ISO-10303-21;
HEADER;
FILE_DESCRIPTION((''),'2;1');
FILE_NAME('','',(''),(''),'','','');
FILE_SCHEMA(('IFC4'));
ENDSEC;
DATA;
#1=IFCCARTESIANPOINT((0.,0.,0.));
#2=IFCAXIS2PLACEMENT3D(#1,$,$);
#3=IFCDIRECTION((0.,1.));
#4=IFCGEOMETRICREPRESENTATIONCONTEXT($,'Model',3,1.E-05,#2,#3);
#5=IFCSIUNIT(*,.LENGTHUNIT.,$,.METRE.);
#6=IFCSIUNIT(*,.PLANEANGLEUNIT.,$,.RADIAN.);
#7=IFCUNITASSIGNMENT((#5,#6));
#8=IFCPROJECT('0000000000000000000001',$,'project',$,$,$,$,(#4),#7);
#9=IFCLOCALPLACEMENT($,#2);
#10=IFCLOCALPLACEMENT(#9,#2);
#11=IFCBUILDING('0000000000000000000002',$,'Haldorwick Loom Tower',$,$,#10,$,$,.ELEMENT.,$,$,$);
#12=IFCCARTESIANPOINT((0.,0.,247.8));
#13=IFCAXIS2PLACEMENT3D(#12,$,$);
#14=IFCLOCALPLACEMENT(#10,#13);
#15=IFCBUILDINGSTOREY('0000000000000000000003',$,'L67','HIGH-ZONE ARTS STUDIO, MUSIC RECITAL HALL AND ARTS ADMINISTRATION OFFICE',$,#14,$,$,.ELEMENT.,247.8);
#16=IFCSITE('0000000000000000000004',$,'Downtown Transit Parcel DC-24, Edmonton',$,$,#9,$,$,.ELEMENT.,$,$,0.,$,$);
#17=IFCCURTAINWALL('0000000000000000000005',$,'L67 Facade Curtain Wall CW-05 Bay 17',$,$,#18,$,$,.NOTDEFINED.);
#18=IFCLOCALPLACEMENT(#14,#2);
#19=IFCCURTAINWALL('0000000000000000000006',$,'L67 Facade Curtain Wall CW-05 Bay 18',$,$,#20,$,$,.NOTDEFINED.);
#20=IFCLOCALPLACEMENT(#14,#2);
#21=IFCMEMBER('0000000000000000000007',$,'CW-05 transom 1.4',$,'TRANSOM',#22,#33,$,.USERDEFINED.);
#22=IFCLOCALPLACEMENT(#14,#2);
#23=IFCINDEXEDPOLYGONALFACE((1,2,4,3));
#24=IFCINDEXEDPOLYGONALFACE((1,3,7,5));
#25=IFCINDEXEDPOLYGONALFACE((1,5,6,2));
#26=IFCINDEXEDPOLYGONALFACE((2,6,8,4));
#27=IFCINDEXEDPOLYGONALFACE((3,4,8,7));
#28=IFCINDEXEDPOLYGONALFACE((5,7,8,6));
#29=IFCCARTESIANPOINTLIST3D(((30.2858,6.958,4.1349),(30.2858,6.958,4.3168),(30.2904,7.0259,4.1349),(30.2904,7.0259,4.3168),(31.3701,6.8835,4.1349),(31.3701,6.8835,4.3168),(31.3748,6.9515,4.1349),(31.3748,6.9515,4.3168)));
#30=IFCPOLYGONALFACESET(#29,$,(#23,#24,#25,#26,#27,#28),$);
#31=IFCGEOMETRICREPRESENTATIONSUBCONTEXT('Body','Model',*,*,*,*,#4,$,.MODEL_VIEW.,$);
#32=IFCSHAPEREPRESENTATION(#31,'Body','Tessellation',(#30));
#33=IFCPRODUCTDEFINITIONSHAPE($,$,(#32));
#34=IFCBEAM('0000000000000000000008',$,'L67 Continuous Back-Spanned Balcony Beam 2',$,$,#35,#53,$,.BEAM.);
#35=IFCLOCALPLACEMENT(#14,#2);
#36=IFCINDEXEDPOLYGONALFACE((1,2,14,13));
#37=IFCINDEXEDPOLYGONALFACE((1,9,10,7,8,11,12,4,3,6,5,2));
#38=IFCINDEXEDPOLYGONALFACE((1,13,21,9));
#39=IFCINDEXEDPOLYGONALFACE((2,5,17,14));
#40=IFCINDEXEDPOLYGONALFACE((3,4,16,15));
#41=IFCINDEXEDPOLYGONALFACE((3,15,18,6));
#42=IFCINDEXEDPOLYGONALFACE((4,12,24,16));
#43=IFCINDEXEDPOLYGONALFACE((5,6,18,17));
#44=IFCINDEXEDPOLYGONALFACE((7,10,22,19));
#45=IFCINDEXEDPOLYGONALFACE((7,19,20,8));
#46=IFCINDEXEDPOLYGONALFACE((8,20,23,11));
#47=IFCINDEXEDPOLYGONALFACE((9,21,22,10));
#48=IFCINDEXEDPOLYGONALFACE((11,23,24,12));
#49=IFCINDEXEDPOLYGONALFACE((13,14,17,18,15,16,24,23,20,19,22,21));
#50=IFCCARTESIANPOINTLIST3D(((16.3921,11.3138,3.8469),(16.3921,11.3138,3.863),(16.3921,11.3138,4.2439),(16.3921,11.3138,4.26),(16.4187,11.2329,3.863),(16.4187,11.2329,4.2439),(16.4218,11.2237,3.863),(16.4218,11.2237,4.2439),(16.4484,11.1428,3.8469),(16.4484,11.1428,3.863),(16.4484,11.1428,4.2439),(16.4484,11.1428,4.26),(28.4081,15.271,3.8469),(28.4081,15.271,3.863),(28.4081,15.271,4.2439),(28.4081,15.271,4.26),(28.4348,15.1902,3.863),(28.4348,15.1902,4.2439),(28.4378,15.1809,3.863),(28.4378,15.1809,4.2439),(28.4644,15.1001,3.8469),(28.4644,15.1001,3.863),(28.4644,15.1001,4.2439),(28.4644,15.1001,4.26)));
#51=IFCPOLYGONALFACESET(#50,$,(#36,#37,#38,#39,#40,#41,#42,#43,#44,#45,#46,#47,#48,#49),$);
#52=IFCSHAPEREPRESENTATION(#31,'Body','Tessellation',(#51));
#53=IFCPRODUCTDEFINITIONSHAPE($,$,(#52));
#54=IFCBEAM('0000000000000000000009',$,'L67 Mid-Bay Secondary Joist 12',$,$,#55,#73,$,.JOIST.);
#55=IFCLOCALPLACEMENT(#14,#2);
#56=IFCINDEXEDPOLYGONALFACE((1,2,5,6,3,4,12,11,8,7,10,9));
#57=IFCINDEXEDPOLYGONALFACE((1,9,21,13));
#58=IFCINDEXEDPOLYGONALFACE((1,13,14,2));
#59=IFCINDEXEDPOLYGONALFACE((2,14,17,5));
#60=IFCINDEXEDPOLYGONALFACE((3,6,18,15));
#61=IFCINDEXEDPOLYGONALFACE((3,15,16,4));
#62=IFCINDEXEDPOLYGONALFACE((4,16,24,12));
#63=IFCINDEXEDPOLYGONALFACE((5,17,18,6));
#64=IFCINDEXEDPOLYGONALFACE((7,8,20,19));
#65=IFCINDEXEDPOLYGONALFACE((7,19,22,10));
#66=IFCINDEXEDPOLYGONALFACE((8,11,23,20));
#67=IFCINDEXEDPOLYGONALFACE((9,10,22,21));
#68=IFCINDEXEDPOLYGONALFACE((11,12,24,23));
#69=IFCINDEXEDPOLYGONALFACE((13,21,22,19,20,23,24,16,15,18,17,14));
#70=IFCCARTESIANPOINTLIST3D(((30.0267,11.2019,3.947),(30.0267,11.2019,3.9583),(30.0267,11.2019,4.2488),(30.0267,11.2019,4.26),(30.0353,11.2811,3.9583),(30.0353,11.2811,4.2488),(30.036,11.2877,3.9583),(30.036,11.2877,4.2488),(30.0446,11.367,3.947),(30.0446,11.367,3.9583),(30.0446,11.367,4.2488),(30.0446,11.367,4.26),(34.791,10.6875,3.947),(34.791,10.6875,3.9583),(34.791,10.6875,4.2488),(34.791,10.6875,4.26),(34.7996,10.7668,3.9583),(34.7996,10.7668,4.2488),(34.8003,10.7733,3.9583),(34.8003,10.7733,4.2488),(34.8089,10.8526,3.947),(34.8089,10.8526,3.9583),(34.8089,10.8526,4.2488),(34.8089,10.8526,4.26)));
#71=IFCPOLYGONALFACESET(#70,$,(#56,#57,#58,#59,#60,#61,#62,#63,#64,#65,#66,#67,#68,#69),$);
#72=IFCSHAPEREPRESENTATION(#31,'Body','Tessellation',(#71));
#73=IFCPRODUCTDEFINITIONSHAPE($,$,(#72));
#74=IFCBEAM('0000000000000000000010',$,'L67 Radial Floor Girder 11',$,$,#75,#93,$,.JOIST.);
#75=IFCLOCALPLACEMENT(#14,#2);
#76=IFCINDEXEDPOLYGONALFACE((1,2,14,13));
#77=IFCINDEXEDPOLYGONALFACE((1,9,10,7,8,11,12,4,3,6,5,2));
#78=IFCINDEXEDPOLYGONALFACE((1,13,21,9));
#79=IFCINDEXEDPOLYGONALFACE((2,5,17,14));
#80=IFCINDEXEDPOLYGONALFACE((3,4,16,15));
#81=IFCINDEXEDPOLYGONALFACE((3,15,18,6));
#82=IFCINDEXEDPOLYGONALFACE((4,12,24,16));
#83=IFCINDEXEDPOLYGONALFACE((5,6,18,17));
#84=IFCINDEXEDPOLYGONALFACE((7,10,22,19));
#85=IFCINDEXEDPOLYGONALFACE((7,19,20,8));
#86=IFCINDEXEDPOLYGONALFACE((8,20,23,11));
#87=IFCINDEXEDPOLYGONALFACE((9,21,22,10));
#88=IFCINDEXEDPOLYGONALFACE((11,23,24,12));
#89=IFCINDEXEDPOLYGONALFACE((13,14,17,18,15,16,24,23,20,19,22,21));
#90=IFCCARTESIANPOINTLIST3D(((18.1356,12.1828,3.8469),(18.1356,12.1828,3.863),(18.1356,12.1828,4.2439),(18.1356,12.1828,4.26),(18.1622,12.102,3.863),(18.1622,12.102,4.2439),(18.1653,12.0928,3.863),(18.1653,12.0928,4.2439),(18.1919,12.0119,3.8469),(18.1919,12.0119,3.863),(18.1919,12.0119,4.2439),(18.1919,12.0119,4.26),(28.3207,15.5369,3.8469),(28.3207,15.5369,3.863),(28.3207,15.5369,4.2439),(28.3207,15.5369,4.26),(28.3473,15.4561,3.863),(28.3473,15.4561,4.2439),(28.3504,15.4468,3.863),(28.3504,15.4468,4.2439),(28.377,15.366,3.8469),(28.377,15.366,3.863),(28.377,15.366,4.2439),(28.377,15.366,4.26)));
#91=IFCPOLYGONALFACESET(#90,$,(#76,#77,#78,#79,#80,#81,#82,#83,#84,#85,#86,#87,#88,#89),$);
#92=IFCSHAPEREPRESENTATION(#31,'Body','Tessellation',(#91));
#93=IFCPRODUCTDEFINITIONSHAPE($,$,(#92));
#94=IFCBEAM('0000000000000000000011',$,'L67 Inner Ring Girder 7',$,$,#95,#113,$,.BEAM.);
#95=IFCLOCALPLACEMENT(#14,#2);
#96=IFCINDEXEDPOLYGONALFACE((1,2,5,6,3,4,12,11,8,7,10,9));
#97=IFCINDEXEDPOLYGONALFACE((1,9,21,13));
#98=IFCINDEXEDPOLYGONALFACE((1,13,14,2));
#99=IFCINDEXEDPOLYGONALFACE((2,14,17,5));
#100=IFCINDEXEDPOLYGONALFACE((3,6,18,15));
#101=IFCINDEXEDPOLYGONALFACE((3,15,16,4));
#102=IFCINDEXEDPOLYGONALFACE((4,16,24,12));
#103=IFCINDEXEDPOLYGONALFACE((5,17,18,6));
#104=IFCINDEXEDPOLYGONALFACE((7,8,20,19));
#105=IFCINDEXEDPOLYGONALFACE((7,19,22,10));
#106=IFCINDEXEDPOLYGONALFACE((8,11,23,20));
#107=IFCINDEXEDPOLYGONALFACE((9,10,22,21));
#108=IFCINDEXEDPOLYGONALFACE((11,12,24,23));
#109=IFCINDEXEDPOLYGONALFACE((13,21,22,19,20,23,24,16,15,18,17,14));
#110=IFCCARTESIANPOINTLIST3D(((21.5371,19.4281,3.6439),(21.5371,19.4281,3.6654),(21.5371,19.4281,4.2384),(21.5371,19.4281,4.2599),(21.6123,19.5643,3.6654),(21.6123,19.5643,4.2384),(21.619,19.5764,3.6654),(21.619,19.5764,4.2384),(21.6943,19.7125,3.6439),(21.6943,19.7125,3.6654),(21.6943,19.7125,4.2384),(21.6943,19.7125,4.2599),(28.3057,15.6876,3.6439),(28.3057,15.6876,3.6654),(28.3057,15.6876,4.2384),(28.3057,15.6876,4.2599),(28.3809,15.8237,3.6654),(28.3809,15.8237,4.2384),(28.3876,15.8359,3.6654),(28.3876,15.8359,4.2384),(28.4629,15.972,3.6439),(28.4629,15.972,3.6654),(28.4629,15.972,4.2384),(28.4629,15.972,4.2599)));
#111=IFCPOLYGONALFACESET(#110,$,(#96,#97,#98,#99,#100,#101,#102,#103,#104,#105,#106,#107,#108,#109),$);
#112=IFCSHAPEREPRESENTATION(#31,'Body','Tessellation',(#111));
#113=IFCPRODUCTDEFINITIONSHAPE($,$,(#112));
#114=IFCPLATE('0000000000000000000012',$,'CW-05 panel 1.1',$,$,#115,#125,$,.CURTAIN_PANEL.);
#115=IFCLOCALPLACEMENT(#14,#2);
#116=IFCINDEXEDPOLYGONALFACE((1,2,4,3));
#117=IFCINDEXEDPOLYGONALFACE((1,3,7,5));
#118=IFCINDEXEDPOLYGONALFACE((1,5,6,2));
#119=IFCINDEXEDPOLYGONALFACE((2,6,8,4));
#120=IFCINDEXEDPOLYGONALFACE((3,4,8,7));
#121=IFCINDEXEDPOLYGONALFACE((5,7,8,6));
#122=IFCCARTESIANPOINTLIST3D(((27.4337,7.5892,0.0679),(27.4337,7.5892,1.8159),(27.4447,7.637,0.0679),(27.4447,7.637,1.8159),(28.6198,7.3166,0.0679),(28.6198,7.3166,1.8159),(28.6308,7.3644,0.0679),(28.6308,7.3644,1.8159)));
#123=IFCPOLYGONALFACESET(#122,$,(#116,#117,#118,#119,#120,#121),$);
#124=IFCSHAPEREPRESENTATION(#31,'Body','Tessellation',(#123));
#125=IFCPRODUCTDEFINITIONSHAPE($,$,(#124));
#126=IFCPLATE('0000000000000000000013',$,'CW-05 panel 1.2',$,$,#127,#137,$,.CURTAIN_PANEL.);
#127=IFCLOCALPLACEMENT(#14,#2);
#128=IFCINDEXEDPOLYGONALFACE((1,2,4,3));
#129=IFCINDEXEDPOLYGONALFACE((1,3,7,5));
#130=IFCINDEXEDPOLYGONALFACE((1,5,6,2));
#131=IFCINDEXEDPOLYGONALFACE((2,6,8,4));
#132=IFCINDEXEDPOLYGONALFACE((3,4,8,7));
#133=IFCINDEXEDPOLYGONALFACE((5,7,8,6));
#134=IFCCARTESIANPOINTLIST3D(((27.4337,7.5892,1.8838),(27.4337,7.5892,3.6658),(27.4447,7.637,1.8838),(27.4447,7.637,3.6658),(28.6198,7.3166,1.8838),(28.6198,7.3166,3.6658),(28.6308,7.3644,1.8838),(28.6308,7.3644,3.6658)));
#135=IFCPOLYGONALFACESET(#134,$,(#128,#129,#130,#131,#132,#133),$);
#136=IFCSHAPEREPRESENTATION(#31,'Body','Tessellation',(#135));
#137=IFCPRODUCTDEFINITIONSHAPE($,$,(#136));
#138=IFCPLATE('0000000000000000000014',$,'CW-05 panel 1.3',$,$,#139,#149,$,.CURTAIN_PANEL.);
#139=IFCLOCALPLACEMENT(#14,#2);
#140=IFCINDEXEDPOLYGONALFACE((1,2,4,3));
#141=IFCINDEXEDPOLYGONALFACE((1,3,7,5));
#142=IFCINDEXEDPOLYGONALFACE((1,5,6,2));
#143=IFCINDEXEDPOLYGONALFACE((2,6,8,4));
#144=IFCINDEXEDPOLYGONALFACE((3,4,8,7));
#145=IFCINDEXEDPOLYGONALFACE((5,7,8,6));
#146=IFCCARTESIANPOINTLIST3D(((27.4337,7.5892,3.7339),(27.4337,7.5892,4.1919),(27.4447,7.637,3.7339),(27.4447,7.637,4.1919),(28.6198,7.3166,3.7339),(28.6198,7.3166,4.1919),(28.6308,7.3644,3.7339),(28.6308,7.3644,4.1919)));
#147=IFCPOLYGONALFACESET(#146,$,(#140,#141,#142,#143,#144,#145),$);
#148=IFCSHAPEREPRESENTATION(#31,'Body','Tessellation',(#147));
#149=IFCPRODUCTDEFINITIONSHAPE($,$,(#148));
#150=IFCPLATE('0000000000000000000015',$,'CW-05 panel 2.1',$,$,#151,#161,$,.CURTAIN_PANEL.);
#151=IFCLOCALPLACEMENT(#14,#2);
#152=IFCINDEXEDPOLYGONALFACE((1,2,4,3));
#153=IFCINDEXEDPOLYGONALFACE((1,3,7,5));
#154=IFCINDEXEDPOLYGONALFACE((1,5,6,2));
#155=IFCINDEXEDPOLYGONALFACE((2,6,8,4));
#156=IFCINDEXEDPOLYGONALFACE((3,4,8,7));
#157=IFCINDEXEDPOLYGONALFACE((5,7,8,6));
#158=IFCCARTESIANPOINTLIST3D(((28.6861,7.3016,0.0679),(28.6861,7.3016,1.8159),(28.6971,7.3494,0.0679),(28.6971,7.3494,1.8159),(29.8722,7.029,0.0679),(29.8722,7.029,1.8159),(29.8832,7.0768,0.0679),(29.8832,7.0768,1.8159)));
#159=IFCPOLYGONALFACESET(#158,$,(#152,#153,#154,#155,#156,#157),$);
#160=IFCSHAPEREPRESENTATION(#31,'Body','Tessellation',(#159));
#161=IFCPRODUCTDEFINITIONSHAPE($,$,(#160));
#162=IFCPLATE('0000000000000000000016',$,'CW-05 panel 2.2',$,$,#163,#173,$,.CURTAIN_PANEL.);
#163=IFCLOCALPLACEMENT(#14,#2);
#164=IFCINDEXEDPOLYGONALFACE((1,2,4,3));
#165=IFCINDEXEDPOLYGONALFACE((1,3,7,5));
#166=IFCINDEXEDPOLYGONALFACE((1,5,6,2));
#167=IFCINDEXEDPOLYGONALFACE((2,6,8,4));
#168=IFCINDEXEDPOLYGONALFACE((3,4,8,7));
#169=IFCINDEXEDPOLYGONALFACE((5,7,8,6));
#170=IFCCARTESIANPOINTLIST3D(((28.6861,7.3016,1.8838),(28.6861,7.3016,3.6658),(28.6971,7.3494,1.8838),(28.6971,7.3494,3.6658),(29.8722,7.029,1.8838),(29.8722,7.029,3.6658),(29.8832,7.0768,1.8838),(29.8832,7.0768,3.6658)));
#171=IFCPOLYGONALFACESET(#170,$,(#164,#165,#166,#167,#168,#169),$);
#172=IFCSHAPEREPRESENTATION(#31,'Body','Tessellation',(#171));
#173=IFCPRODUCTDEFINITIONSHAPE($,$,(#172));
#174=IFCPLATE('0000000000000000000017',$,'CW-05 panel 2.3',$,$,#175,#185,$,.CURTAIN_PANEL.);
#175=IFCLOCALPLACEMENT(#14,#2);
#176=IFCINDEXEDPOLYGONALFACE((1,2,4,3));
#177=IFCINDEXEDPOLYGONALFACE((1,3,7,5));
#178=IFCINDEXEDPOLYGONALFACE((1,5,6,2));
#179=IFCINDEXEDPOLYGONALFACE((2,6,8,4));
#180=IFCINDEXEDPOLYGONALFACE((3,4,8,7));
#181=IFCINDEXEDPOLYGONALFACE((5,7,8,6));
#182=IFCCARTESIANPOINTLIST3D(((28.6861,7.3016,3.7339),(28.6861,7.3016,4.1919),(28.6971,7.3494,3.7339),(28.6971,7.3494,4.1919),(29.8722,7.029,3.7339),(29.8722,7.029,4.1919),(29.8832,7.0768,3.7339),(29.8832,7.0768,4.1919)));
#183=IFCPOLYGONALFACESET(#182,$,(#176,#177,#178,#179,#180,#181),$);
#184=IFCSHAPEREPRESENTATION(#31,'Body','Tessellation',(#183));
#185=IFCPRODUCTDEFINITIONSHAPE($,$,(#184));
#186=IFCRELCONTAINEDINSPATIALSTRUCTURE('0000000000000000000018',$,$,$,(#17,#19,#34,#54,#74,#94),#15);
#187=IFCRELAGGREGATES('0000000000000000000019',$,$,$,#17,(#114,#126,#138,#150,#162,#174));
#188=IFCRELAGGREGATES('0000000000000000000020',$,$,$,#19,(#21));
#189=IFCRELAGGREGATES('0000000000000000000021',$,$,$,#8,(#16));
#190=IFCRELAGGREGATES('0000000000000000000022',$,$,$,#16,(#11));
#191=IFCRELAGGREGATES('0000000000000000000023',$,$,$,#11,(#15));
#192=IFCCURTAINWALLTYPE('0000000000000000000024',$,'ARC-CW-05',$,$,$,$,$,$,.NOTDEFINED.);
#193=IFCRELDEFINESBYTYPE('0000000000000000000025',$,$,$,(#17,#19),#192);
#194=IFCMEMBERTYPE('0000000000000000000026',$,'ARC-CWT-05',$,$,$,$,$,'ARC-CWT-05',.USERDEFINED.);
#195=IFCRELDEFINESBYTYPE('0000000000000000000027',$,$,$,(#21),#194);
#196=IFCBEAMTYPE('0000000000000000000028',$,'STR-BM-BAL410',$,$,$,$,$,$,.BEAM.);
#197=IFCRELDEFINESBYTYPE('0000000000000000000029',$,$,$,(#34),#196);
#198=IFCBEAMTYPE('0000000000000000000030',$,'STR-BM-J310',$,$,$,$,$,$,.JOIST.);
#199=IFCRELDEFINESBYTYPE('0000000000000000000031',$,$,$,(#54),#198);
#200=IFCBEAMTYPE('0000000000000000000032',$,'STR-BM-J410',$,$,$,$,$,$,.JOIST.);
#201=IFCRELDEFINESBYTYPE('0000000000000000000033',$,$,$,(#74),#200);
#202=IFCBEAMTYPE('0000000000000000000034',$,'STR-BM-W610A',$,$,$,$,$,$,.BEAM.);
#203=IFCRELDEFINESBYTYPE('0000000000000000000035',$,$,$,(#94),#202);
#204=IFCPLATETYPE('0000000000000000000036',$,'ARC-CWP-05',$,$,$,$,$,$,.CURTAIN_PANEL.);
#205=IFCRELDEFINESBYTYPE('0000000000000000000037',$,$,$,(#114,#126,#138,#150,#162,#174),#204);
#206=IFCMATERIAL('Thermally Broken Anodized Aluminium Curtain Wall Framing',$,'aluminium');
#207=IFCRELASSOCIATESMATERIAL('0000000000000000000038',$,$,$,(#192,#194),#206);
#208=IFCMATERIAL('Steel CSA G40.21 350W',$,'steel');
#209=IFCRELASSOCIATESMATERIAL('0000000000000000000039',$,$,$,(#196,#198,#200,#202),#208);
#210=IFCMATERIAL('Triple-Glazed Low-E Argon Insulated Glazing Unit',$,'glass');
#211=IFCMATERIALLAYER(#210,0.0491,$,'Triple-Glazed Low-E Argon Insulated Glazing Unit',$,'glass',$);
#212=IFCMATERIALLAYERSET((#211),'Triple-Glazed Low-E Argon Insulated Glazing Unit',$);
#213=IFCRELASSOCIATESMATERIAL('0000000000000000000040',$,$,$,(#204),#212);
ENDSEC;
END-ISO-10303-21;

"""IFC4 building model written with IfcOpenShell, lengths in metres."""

from ifc_helpers import new_model, si_unit, direction, frame, origin, origin_2d, place, context, subcontext, project, spatial, rectangle, i_section, extrude, material, layer, layer_set, material_profile, profile_set, type_object, element, aggregate, save


model = new_model("IFC4")

# Units and contexts
model_context = context("Model", 3, precision=1e-05, world=origin(), true_north=direction((0.0, 1.0)))
body_context = subcontext(model_context, "Body", "Model", "MODEL_VIEW")
ifc_project = project(units=[si_unit("LENGTHUNIT", "METRE"), si_unit("PLANEANGLEUNIT", "RADIAN")], contexts=[model_context])

# Site, building, storey
site_placement = place(None, origin())
site = spatial("IfcSite", under=ifc_project, at=site_placement, Name="Downtown Transit Parcel DC-24, Edmonton", CompositionType="ELEMENT", RefElevation=0.0)
building_placement = place(site_placement, origin())
building = spatial("IfcBuilding", under=site, at=building_placement, Name="Haldorwick Loom Tower", CompositionType="ELEMENT")
storey_placement = place(building_placement, frame((0.0, 0.0, 247.8)))
storey = spatial("IfcBuildingStorey", under=building, at=storey_placement, Name="L67", Description="HIGH-ZONE ARTS STUDIO, MUSIC RECITAL HALL AND ARTS ADMINISTRATION OFFICE", CompositionType="ELEMENT", Elevation=247.8)

# Curtain wall
ifc_material_1 = material(Name="Thermally Broken Anodized Aluminium Curtain Wall Framing", Category="aluminium")
curtain_wall_type = type_object("IfcCurtainWallType", Name="ARC-CW-05", PredefinedType="NOTDEFINED", material=ifc_material_1)
curtain_wall_1_placement = place(storey_placement, origin())
curtain_wall_1 = element("IfcCurtainWall", 1, at=curtain_wall_1_placement, inside=storey, type_object=curtain_wall_type, Name="L67 Facade Curtain Wall CW-05 Bay 17", PredefinedType="NOTDEFINED")

# Curtain wall
curtain_wall_2_placement = place(storey_placement, origin())
curtain_wall_2 = element("IfcCurtainWall", 2, at=curtain_wall_2_placement, inside=storey, type_object=curtain_wall_type, Name="L67 Facade Curtain Wall CW-05 Bay 18", PredefinedType="NOTDEFINED")

# Member
ifc_material_profile_1 = material_profile(ifc_material_1, rectangle(XDim=0.0681, YDim=0.1819, at=origin_2d()), Name="ALU_TRN_68X182", Category="aluminium")
ifc_profile_set_1 = profile_set([ifc_material_profile_1], Name="Thermally Broken Anodized Aluminium Curtain Wall Framing")
member_type_1 = type_object("IfcMemberType", Name="ARC-CWT-05", ElementType="ARC-CWT-05", PredefinedType="USERDEFINED", material=ifc_profile_set_1)
member_1_placement = place(storey_placement, frame((30.2881, 6.9919, 4.2258), z_axis=(0.997651, -0.068501, 0.0), x_axis=(0.068501, 0.997651, 0.0)))
member_1 = element("IfcMember", 3, at=member_1_placement, type_object=member_type_1, Name="CW-05 transom 1.4", ObjectType="TRANSOM", PredefinedType="USERDEFINED", context=body_context, shape_type="SweptSolid", body=[
    extrude(rectangle(XDim=0.0681, YDim=0.1819, at=origin_2d()), origin(), (0.0, 0.0, 1.0), 1.0869),
])

# Beams
ifc_material_2 = material(Name="Steel CSA G40.21 350W", Category="steel")
ifc_material_profile_2 = material_profile(ifc_material_2, i_section(OverallWidth=0.1799, OverallDepth=0.4131, WebThickness=0.0098, FlangeThickness=0.0161, at=origin_2d()), Name="W410X74", Category="steel")
ifc_profile_set_2 = profile_set([ifc_material_profile_2], Name="Steel CSA G40.21 350W")
beam_type_1 = type_object("IfcBeamType", Name="STR-BM-BAL410", PredefinedType="BEAM", material=ifc_profile_set_2)
beam_1_placement = place(storey_placement, frame((28.4363, 15.1855, 4.0535), z_axis=(-0.949818, -0.312804, 0.0), x_axis=(0.312804, -0.949818, 0.0)))
element("IfcBeam", 4, at=beam_1_placement, inside=storey, type_object=beam_type_1, Name="L67 Continuous Back-Spanned Balcony Beam 2", PredefinedType="BEAM", context=body_context, shape_type="SweptSolid", body=[
    extrude(i_section(OverallWidth=0.1799, OverallDepth=0.4131, WebThickness=0.0098, FlangeThickness=0.0161, at=origin_2d()), origin(), (0.0, 0.0, 1.0), 12.6509),
])
ifc_material_profile_3 = material_profile(ifc_material_2, i_section(OverallWidth=0.166, OverallDepth=0.313, WebThickness=0.0066, FlangeThickness=0.0112, at=origin_2d()), Name="W310X45", Category="steel")
ifc_profile_set_3 = profile_set([ifc_material_profile_3], Name="Steel CSA G40.21 350W")
beam_type_2 = type_object("IfcBeamType", Name="STR-BM-J310", PredefinedType="JOIST", material=ifc_profile_set_3)
beam_2_placement = place(storey_placement, frame((30.0356, 11.2844, 4.1035), z_axis=(0.994222, -0.107344, 0.0), x_axis=(0.107344, 0.994222, 0.0)))
element("IfcBeam", 5, at=beam_2_placement, inside=storey, type_object=beam_type_2, Name="L67 Mid-Bay Secondary Joist 12", PredefinedType="JOIST", context=body_context, shape_type="SweptSolid", body=[
    extrude(i_section(OverallWidth=0.166, OverallDepth=0.313, WebThickness=0.0066, FlangeThickness=0.0112, at=origin_2d()), origin(), (0.0, 0.0, 1.0), 4.792),
])
ifc_material_profile_4 = material_profile(ifc_material_2, i_section(OverallWidth=0.1799, OverallDepth=0.4131, WebThickness=0.0098, FlangeThickness=0.0161, at=origin_2d()), Name="W410X74", Category="steel")
ifc_profile_set_4 = profile_set([ifc_material_profile_4], Name="Steel CSA G40.21 350W")
beam_type_3 = type_object("IfcBeamType", Name="STR-BM-J410", PredefinedType="JOIST", material=ifc_profile_set_4)
beam_3_placement = place(storey_placement, frame((28.3489, 15.4514, 4.0535), z_axis=(-0.949825, -0.312783, 0.0), x_axis=(0.312783, -0.949825, 0.0)))
element("IfcBeam", 6, at=beam_3_placement, inside=storey, type_object=beam_type_3, Name="L67 Radial Floor Girder 11", PredefinedType="JOIST", context=body_context, shape_type="SweptSolid", body=[
    extrude(i_section(OverallWidth=0.1799, OverallDepth=0.4131, WebThickness=0.0098, FlangeThickness=0.0161, at=origin_2d()), origin(), (0.0, 0.0, 1.0), 10.7231),
])
ifc_material_profile_5 = material_profile(ifc_material_2, i_section(OverallWidth=0.325, OverallDepth=0.616, WebThickness=0.0139, FlangeThickness=0.0215, at=origin_2d()), Name="W610X174", Category="steel")
ifc_profile_set_5 = profile_set([ifc_material_profile_5], Name="Steel CSA G40.21 350W")
beam_type_4 = type_object("IfcBeamType", Name="STR-BM-W610A", PredefinedType="BEAM", material=ifc_profile_set_5)
beam_4_placement = place(storey_placement, frame((28.3843, 15.8298, 3.9519), z_axis=(-0.875244, 0.483682, 0.0), x_axis=(-0.483682, -0.875244, 0.0)))
element("IfcBeam", 7, at=beam_4_placement, inside=storey, type_object=beam_type_4, Name="L67 Inner Ring Girder 7", PredefinedType="BEAM", context=body_context, shape_type="SweptSolid", body=[
    extrude(i_section(OverallWidth=0.325, OverallDepth=0.616, WebThickness=0.0139, FlangeThickness=0.0215, at=origin_2d()), origin(), (0.0, 0.0, 1.0), 7.7334),
])

# Plates
ifc_material_3 = material(Name="Triple-Glazed Low-E Argon Insulated Glazing Unit", Category="glass")
ifc_layer = layer(ifc_material_3, 0.0491, Name="Triple-Glazed Low-E Argon Insulated Glazing Unit", Category="glass")
ifc_layer_set = layer_set([ifc_layer], Name="Triple-Glazed Low-E Argon Insulated Glazing Unit")
plate_type = type_object("IfcPlateType", Name="ARC-CWP-05", PredefinedType="CURTAIN_PANEL", material=ifc_layer_set)
plate_1_placement = place(storey_placement, frame((28.0322, 7.4768, 0.0679), z_axis=(0.0, 0.0, 1.0), x_axis=(0.974601, -0.223949, 0.0)))
plate_1 = element("IfcPlate", 8, at=plate_1_placement, type_object=plate_type, Name="CW-05 panel 1.1", PredefinedType="CURTAIN_PANEL", context=body_context, shape_type="SweptSolid", body=[
    extrude(rectangle(XDim=1.217, YDim=0.0491, at=origin_2d()), origin(), (0.0, 0.0, 1.0), 1.748),
])
plate_2_placement = place(storey_placement, frame((28.0322, 7.4768, 1.8838), z_axis=(0.0, 0.0, 1.0), x_axis=(0.974601, -0.223949, 0.0)))
plate_2 = element("IfcPlate", 9, at=plate_2_placement, type_object=plate_type, Name="CW-05 panel 1.2", PredefinedType="CURTAIN_PANEL", context=body_context, shape_type="SweptSolid", body=[
    extrude(rectangle(XDim=1.217, YDim=0.0491, at=origin_2d()), origin(), (0.0, 0.0, 1.0), 1.782),
])
plate_3_placement = place(storey_placement, frame((28.0322, 7.4768, 3.7339), z_axis=(0.0, 0.0, 1.0), x_axis=(0.974601, -0.223949, 0.0)))
plate_3 = element("IfcPlate", 10, at=plate_3_placement, type_object=plate_type, Name="CW-05 panel 1.3", PredefinedType="CURTAIN_PANEL", context=body_context, shape_type="SweptSolid", body=[
    extrude(rectangle(XDim=1.217, YDim=0.0491, at=origin_2d()), origin(), (0.0, 0.0, 1.0), 0.458),
])
plate_4_placement = place(storey_placement, frame((29.2847, 7.1892, 0.0679), z_axis=(0.0, 0.0, 1.0), x_axis=(0.974601, -0.223949, 0.0)))
plate_4 = element("IfcPlate", 11, at=plate_4_placement, type_object=plate_type, Name="CW-05 panel 2.1", PredefinedType="CURTAIN_PANEL", context=body_context, shape_type="SweptSolid", body=[
    extrude(rectangle(XDim=1.217, YDim=0.0491, at=origin_2d()), origin(), (0.0, 0.0, 1.0), 1.748),
])
plate_5_placement = place(storey_placement, frame((29.2847, 7.1892, 1.8838), z_axis=(0.0, 0.0, 1.0), x_axis=(0.974601, -0.223949, 0.0)))
plate_5 = element("IfcPlate", 12, at=plate_5_placement, type_object=plate_type, Name="CW-05 panel 2.2", PredefinedType="CURTAIN_PANEL", context=body_context, shape_type="SweptSolid", body=[
    extrude(rectangle(XDim=1.217, YDim=0.0491, at=origin_2d()), origin(), (0.0, 0.0, 1.0), 1.782),
])
plate_6_placement = place(storey_placement, frame((29.2847, 7.1892, 3.7339), z_axis=(0.0, 0.0, 1.0), x_axis=(0.974601, -0.223949, 0.0)))
plate_6 = element("IfcPlate", 13, at=plate_6_placement, type_object=plate_type, Name="CW-05 panel 2.3", PredefinedType="CURTAIN_PANEL", context=body_context, shape_type="SweptSolid", body=[
    extrude(rectangle(XDim=1.217, YDim=0.0491, at=origin_2d()), origin(), (0.0, 0.0, 1.0), 0.458),
])
aggregate(curtain_wall_1, [plate_1, plate_2, plate_3, plate_4, plate_5, plate_6])
aggregate(curtain_wall_2, [member_1])

save(model, "model.ifc")
